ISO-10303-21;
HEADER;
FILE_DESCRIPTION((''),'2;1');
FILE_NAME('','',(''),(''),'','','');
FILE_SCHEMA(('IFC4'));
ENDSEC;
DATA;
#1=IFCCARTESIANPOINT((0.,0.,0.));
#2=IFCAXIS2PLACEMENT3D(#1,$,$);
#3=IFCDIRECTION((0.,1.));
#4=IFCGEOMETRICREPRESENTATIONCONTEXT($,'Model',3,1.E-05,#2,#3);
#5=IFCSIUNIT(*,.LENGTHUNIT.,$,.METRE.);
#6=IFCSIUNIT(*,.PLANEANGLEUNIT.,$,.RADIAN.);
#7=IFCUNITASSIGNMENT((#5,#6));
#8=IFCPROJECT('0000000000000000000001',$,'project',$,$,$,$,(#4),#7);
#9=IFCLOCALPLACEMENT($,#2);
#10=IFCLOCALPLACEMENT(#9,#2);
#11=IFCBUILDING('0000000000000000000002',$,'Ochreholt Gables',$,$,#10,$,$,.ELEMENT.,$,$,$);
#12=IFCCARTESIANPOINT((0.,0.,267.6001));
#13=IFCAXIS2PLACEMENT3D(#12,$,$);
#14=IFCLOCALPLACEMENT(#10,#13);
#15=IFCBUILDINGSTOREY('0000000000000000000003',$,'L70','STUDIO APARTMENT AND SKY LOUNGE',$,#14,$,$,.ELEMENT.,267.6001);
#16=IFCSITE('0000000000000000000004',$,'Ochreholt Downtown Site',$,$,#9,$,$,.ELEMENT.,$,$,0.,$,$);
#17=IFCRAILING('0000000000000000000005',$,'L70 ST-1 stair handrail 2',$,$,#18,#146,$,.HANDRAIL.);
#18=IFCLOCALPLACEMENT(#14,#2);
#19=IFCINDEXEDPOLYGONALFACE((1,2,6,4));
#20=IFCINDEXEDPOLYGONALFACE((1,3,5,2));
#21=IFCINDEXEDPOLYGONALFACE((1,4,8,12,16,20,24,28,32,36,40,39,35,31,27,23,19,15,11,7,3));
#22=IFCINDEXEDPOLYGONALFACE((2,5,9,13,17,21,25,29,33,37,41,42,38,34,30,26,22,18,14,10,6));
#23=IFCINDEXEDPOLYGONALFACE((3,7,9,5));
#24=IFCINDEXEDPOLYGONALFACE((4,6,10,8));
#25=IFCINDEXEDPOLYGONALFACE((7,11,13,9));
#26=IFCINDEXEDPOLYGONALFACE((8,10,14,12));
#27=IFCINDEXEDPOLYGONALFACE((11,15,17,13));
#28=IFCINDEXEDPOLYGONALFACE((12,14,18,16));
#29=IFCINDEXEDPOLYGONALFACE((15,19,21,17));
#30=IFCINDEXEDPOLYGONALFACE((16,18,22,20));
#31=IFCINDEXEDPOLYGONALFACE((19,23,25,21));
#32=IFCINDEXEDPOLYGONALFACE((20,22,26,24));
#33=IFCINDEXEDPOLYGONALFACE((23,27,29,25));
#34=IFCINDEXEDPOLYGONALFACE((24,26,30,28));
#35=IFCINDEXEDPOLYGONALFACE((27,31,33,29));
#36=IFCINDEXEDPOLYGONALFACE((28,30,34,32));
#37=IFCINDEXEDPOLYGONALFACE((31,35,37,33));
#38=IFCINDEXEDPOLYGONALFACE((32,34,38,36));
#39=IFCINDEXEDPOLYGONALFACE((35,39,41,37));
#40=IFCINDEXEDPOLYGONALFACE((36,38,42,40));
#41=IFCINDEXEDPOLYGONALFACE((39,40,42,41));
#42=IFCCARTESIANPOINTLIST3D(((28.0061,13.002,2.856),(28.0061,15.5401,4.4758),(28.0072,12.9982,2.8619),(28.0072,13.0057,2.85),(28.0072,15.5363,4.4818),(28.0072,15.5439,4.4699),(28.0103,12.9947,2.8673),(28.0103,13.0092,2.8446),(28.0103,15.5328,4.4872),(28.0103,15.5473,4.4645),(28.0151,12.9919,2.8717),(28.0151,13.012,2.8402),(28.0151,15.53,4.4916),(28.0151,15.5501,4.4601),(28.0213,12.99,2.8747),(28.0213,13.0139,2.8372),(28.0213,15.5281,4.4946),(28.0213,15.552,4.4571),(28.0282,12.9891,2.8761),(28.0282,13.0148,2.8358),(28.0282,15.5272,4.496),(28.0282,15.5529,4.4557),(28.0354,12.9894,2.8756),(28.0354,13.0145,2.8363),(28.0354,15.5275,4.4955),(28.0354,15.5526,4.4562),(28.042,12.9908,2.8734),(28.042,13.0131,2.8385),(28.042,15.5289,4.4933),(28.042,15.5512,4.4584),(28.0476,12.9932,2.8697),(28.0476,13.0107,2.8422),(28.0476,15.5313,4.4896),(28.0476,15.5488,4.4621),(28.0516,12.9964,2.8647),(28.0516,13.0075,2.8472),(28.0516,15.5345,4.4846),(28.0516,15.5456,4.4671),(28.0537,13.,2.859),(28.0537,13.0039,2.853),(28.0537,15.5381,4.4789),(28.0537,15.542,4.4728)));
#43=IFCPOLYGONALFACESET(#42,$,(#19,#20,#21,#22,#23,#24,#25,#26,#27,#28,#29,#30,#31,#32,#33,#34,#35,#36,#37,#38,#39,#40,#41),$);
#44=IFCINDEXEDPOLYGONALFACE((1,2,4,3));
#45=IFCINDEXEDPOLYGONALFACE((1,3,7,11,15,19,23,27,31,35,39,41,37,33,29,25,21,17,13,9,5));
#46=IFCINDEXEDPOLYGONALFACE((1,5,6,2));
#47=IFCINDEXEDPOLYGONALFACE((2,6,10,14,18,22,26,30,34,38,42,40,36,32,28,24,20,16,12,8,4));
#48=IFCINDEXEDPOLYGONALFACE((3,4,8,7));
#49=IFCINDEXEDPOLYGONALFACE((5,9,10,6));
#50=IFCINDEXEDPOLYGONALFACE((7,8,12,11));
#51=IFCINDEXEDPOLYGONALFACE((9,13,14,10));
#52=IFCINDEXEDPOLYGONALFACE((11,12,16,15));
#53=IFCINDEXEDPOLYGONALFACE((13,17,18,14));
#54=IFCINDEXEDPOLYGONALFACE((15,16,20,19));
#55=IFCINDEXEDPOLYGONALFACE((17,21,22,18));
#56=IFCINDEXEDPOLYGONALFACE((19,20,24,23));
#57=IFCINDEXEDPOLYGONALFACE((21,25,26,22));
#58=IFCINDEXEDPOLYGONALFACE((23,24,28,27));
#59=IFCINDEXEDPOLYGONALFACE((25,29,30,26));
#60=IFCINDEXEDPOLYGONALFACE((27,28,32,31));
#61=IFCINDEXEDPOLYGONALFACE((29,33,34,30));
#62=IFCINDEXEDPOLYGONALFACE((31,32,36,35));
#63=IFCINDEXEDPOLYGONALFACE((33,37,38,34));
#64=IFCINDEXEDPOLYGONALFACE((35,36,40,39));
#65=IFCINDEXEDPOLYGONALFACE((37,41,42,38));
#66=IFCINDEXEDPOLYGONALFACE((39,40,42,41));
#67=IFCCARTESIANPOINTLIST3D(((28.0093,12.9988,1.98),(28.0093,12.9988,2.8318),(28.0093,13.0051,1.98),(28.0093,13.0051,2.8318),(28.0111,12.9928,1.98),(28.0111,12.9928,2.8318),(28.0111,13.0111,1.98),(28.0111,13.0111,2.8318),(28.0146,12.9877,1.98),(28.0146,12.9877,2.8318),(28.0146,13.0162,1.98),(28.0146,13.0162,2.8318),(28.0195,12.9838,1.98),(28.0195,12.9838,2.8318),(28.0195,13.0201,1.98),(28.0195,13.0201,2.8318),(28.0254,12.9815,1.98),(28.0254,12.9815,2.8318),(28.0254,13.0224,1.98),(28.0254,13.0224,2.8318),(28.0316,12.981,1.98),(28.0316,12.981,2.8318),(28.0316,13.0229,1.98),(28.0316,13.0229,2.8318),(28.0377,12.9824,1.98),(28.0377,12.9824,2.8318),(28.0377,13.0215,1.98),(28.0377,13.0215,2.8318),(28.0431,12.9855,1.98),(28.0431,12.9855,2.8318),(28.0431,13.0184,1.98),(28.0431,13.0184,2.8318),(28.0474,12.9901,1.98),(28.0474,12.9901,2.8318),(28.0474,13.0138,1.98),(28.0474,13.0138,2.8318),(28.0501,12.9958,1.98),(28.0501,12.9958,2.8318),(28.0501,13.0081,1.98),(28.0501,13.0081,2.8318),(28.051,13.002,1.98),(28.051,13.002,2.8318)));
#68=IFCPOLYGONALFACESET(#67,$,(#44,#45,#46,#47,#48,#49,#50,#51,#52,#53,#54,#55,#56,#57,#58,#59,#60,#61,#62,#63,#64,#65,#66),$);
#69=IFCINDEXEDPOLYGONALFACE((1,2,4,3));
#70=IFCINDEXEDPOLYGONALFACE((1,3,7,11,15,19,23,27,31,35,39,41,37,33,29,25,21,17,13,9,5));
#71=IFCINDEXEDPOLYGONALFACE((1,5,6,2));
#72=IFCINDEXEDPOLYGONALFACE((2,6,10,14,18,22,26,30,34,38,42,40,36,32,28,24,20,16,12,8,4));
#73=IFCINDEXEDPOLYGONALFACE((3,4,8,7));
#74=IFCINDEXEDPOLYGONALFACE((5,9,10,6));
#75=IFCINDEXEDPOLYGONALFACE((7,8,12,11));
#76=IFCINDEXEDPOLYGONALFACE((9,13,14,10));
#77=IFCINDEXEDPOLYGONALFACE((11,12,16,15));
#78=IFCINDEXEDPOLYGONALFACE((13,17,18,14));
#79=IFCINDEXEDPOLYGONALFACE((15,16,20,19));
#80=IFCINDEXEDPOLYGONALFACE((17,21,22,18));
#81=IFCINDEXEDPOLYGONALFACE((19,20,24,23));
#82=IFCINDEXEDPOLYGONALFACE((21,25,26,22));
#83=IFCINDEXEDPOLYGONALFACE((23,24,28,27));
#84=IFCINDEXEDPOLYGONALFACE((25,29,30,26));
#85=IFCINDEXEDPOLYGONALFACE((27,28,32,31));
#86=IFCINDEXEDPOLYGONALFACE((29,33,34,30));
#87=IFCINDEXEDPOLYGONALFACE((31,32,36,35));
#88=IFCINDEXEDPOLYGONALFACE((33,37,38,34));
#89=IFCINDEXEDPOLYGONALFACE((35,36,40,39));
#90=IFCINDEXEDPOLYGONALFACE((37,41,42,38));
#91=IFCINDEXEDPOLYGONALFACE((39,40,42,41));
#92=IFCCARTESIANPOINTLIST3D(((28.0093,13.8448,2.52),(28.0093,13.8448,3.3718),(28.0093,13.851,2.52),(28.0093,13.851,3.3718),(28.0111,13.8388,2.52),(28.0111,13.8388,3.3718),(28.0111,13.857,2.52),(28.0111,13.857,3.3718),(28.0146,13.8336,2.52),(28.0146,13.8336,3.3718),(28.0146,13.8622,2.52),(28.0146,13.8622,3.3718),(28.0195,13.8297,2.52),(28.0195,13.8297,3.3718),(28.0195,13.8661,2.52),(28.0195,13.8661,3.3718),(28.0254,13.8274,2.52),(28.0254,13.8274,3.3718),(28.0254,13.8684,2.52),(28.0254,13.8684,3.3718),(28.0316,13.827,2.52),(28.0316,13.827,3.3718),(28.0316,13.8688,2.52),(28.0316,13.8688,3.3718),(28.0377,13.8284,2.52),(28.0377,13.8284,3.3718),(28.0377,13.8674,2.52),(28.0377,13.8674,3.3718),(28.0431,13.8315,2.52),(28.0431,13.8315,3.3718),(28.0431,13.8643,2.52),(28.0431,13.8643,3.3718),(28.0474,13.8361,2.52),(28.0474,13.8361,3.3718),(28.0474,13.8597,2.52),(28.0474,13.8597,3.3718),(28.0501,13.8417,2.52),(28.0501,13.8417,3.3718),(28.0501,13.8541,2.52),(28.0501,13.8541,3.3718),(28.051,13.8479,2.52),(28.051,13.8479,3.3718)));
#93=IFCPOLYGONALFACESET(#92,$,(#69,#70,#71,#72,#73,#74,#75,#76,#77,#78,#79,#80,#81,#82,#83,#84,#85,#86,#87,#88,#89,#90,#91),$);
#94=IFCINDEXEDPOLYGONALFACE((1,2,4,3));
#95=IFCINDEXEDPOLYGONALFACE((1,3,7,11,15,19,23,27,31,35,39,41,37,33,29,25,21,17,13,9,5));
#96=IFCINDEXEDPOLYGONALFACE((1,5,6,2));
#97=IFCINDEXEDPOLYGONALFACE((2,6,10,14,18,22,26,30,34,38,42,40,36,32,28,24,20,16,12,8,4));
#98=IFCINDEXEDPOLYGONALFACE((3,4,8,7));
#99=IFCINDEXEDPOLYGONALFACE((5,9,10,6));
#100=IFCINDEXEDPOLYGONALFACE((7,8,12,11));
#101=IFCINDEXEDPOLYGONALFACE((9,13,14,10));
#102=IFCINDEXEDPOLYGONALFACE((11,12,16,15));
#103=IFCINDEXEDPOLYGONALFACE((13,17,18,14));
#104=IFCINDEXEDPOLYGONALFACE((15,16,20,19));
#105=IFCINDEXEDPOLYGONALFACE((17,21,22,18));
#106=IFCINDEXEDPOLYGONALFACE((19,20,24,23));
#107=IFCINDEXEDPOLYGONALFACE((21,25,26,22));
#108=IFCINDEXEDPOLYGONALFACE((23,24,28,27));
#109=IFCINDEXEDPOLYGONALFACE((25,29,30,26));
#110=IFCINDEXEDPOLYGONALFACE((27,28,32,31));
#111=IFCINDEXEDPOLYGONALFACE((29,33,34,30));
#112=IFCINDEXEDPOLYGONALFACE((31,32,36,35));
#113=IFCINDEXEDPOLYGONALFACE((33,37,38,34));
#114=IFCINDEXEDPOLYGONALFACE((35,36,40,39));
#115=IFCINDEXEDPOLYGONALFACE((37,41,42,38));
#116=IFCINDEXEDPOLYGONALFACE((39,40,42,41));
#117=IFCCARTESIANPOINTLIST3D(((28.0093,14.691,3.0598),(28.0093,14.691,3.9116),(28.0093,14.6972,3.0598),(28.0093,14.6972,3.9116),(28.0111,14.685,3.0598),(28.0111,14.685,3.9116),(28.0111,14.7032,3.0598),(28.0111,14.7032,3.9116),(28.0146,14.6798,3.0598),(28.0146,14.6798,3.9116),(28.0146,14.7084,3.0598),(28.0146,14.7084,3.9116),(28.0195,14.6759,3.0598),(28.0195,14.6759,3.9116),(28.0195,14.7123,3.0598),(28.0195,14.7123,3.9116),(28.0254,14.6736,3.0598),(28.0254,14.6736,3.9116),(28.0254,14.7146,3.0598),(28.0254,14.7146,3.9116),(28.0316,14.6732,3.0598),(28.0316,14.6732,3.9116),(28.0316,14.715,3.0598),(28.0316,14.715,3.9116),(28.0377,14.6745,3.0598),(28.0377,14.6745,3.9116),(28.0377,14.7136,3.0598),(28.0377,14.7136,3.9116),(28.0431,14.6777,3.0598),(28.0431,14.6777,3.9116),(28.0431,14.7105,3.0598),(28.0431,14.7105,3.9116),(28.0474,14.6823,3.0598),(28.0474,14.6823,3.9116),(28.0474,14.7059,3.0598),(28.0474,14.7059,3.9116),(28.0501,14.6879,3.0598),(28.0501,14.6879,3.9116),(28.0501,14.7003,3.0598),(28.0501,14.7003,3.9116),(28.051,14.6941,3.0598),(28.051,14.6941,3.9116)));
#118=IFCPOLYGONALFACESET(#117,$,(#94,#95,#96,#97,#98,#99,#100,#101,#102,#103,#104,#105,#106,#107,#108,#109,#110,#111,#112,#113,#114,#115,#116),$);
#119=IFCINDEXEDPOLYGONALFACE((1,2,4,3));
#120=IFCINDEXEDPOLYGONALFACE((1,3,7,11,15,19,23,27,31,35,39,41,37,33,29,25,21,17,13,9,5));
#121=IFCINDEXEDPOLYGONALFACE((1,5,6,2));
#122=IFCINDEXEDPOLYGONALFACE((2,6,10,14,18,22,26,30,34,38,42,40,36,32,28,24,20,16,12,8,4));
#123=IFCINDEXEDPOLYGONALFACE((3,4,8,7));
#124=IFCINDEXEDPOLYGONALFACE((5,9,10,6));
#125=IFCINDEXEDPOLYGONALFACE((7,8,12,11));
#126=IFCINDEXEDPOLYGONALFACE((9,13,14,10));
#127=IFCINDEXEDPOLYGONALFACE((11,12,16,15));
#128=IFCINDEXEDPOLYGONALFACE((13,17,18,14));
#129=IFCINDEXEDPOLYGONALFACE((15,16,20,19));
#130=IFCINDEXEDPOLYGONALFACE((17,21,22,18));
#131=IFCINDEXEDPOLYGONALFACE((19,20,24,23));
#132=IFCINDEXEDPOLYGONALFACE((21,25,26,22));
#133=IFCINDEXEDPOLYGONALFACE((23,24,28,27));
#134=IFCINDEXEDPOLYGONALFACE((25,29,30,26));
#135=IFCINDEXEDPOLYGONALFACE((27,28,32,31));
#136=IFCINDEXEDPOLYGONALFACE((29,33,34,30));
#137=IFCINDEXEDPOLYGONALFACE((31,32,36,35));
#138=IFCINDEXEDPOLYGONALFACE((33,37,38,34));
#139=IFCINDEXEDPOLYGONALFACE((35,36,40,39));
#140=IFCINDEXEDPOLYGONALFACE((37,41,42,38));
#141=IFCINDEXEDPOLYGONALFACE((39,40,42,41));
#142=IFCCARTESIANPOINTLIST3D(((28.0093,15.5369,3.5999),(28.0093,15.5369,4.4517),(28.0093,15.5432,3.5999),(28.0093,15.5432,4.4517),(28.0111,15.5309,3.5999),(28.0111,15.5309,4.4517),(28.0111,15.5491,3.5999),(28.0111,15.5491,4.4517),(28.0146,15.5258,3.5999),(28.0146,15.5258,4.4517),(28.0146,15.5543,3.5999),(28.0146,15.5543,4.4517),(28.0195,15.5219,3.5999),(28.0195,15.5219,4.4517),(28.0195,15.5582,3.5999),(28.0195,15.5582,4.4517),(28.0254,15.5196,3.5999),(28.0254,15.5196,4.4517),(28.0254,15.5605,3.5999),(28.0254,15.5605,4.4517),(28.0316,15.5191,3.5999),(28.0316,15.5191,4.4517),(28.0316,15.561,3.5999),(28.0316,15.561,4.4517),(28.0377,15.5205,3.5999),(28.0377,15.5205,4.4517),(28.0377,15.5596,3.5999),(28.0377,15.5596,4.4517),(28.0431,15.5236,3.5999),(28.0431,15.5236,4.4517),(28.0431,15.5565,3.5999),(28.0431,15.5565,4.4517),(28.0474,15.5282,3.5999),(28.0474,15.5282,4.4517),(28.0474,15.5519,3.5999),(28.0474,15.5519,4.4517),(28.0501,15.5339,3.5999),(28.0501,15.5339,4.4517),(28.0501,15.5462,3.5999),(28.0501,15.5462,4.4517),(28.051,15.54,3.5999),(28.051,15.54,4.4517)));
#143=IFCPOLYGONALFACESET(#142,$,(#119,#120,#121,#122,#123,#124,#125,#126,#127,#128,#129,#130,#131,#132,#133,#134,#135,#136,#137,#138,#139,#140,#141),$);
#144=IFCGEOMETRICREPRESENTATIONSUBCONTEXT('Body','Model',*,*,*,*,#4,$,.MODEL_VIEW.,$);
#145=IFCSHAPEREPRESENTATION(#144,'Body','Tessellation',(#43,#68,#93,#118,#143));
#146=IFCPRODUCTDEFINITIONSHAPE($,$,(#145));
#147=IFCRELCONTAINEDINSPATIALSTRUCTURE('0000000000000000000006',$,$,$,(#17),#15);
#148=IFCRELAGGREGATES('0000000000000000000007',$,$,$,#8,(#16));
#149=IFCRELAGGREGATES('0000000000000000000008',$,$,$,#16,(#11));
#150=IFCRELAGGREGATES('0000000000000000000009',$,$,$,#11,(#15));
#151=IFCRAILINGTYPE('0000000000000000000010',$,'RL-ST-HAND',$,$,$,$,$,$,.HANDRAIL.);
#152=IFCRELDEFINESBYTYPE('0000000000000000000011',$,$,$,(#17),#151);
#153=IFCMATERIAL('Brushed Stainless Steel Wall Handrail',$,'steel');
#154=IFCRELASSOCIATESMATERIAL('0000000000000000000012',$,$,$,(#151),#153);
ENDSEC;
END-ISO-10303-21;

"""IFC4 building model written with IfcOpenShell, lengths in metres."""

from ifc_helpers import new_model, si_unit, direction, frame, origin, origin_2d, place, context, subcontext, project, spatial, circle, extrude, material, type_object, element, save


model = new_model("IFC4")

# Units and contexts
model_context = context("Model", 3, precision=1e-05, world=origin(), true_north=direction((0.0, 1.0)))
body_context = subcontext(model_context, "Body", "Model", "MODEL_VIEW")
ifc_project = project(units=[si_unit("LENGTHUNIT", "METRE"), si_unit("PLANEANGLEUNIT", "RADIAN")], contexts=[model_context])

# Site, building, storey
site_placement = place(None, origin())
site = spatial("IfcSite", under=ifc_project, at=site_placement, Name="Ochreholt Downtown Site", CompositionType="ELEMENT", RefElevation=0.0)
building_placement = place(site_placement, origin())
building = spatial("IfcBuilding", under=site, at=building_placement, Name="Ochreholt Gables", CompositionType="ELEMENT")
storey_placement = place(building_placement, frame((0.0, 0.0, 267.6001)))
storey = spatial("IfcBuildingStorey", under=building, at=storey_placement, Name="L70", Description="STUDIO APARTMENT AND SKY LOUNGE", CompositionType="ELEMENT", Elevation=267.6001)

# Railing
ifc_material_1 = material(Name="Brushed Stainless Steel Wall Handrail", Category="steel")
railing_type_1 = type_object("IfcRailingType", Name="RL-ST-HAND", PredefinedType="HANDRAIL", material=ifc_material_1)
railing_1_placement = place(storey_placement, frame((28.03, 13.002, 1.98)))
element("IfcRailing", 1, at=railing_1_placement, inside=storey, type_object=railing_type_1, Name="L70 ST-1 stair handrail 2", PredefinedType="HANDRAIL", context=body_context, shape_type="SweptSolid", body=[
    extrude(circle(Radius=0.0239, at=origin_2d()), frame((0.0, 0.0, 0.876), z_axis=(0.0, 0.84295, 0.537993), x_axis=(-1.0, 0.0, 0.0)), (0.0, 0.0, 1.0), 3.011),
    extrude(circle(Radius=0.021, at=origin_2d()), origin(), (0.0, 0.0, 1.0), 0.8518),
    extrude(circle(Radius=0.021, at=origin_2d()), frame((0.0, 0.8459, 0.54)), (0.0, 0.0, 1.0), 0.8518),
    extrude(circle(Radius=0.021, at=origin_2d()), frame((0.0, 1.6921, 1.0798)), (0.0, 0.0, 1.0), 0.8518),
    extrude(circle(Radius=0.021, at=origin_2d()), frame((0.0, 2.5381, 1.6199)), (0.0, 0.0, 1.0), 0.8518),
])

save(model, "model.ifc")
